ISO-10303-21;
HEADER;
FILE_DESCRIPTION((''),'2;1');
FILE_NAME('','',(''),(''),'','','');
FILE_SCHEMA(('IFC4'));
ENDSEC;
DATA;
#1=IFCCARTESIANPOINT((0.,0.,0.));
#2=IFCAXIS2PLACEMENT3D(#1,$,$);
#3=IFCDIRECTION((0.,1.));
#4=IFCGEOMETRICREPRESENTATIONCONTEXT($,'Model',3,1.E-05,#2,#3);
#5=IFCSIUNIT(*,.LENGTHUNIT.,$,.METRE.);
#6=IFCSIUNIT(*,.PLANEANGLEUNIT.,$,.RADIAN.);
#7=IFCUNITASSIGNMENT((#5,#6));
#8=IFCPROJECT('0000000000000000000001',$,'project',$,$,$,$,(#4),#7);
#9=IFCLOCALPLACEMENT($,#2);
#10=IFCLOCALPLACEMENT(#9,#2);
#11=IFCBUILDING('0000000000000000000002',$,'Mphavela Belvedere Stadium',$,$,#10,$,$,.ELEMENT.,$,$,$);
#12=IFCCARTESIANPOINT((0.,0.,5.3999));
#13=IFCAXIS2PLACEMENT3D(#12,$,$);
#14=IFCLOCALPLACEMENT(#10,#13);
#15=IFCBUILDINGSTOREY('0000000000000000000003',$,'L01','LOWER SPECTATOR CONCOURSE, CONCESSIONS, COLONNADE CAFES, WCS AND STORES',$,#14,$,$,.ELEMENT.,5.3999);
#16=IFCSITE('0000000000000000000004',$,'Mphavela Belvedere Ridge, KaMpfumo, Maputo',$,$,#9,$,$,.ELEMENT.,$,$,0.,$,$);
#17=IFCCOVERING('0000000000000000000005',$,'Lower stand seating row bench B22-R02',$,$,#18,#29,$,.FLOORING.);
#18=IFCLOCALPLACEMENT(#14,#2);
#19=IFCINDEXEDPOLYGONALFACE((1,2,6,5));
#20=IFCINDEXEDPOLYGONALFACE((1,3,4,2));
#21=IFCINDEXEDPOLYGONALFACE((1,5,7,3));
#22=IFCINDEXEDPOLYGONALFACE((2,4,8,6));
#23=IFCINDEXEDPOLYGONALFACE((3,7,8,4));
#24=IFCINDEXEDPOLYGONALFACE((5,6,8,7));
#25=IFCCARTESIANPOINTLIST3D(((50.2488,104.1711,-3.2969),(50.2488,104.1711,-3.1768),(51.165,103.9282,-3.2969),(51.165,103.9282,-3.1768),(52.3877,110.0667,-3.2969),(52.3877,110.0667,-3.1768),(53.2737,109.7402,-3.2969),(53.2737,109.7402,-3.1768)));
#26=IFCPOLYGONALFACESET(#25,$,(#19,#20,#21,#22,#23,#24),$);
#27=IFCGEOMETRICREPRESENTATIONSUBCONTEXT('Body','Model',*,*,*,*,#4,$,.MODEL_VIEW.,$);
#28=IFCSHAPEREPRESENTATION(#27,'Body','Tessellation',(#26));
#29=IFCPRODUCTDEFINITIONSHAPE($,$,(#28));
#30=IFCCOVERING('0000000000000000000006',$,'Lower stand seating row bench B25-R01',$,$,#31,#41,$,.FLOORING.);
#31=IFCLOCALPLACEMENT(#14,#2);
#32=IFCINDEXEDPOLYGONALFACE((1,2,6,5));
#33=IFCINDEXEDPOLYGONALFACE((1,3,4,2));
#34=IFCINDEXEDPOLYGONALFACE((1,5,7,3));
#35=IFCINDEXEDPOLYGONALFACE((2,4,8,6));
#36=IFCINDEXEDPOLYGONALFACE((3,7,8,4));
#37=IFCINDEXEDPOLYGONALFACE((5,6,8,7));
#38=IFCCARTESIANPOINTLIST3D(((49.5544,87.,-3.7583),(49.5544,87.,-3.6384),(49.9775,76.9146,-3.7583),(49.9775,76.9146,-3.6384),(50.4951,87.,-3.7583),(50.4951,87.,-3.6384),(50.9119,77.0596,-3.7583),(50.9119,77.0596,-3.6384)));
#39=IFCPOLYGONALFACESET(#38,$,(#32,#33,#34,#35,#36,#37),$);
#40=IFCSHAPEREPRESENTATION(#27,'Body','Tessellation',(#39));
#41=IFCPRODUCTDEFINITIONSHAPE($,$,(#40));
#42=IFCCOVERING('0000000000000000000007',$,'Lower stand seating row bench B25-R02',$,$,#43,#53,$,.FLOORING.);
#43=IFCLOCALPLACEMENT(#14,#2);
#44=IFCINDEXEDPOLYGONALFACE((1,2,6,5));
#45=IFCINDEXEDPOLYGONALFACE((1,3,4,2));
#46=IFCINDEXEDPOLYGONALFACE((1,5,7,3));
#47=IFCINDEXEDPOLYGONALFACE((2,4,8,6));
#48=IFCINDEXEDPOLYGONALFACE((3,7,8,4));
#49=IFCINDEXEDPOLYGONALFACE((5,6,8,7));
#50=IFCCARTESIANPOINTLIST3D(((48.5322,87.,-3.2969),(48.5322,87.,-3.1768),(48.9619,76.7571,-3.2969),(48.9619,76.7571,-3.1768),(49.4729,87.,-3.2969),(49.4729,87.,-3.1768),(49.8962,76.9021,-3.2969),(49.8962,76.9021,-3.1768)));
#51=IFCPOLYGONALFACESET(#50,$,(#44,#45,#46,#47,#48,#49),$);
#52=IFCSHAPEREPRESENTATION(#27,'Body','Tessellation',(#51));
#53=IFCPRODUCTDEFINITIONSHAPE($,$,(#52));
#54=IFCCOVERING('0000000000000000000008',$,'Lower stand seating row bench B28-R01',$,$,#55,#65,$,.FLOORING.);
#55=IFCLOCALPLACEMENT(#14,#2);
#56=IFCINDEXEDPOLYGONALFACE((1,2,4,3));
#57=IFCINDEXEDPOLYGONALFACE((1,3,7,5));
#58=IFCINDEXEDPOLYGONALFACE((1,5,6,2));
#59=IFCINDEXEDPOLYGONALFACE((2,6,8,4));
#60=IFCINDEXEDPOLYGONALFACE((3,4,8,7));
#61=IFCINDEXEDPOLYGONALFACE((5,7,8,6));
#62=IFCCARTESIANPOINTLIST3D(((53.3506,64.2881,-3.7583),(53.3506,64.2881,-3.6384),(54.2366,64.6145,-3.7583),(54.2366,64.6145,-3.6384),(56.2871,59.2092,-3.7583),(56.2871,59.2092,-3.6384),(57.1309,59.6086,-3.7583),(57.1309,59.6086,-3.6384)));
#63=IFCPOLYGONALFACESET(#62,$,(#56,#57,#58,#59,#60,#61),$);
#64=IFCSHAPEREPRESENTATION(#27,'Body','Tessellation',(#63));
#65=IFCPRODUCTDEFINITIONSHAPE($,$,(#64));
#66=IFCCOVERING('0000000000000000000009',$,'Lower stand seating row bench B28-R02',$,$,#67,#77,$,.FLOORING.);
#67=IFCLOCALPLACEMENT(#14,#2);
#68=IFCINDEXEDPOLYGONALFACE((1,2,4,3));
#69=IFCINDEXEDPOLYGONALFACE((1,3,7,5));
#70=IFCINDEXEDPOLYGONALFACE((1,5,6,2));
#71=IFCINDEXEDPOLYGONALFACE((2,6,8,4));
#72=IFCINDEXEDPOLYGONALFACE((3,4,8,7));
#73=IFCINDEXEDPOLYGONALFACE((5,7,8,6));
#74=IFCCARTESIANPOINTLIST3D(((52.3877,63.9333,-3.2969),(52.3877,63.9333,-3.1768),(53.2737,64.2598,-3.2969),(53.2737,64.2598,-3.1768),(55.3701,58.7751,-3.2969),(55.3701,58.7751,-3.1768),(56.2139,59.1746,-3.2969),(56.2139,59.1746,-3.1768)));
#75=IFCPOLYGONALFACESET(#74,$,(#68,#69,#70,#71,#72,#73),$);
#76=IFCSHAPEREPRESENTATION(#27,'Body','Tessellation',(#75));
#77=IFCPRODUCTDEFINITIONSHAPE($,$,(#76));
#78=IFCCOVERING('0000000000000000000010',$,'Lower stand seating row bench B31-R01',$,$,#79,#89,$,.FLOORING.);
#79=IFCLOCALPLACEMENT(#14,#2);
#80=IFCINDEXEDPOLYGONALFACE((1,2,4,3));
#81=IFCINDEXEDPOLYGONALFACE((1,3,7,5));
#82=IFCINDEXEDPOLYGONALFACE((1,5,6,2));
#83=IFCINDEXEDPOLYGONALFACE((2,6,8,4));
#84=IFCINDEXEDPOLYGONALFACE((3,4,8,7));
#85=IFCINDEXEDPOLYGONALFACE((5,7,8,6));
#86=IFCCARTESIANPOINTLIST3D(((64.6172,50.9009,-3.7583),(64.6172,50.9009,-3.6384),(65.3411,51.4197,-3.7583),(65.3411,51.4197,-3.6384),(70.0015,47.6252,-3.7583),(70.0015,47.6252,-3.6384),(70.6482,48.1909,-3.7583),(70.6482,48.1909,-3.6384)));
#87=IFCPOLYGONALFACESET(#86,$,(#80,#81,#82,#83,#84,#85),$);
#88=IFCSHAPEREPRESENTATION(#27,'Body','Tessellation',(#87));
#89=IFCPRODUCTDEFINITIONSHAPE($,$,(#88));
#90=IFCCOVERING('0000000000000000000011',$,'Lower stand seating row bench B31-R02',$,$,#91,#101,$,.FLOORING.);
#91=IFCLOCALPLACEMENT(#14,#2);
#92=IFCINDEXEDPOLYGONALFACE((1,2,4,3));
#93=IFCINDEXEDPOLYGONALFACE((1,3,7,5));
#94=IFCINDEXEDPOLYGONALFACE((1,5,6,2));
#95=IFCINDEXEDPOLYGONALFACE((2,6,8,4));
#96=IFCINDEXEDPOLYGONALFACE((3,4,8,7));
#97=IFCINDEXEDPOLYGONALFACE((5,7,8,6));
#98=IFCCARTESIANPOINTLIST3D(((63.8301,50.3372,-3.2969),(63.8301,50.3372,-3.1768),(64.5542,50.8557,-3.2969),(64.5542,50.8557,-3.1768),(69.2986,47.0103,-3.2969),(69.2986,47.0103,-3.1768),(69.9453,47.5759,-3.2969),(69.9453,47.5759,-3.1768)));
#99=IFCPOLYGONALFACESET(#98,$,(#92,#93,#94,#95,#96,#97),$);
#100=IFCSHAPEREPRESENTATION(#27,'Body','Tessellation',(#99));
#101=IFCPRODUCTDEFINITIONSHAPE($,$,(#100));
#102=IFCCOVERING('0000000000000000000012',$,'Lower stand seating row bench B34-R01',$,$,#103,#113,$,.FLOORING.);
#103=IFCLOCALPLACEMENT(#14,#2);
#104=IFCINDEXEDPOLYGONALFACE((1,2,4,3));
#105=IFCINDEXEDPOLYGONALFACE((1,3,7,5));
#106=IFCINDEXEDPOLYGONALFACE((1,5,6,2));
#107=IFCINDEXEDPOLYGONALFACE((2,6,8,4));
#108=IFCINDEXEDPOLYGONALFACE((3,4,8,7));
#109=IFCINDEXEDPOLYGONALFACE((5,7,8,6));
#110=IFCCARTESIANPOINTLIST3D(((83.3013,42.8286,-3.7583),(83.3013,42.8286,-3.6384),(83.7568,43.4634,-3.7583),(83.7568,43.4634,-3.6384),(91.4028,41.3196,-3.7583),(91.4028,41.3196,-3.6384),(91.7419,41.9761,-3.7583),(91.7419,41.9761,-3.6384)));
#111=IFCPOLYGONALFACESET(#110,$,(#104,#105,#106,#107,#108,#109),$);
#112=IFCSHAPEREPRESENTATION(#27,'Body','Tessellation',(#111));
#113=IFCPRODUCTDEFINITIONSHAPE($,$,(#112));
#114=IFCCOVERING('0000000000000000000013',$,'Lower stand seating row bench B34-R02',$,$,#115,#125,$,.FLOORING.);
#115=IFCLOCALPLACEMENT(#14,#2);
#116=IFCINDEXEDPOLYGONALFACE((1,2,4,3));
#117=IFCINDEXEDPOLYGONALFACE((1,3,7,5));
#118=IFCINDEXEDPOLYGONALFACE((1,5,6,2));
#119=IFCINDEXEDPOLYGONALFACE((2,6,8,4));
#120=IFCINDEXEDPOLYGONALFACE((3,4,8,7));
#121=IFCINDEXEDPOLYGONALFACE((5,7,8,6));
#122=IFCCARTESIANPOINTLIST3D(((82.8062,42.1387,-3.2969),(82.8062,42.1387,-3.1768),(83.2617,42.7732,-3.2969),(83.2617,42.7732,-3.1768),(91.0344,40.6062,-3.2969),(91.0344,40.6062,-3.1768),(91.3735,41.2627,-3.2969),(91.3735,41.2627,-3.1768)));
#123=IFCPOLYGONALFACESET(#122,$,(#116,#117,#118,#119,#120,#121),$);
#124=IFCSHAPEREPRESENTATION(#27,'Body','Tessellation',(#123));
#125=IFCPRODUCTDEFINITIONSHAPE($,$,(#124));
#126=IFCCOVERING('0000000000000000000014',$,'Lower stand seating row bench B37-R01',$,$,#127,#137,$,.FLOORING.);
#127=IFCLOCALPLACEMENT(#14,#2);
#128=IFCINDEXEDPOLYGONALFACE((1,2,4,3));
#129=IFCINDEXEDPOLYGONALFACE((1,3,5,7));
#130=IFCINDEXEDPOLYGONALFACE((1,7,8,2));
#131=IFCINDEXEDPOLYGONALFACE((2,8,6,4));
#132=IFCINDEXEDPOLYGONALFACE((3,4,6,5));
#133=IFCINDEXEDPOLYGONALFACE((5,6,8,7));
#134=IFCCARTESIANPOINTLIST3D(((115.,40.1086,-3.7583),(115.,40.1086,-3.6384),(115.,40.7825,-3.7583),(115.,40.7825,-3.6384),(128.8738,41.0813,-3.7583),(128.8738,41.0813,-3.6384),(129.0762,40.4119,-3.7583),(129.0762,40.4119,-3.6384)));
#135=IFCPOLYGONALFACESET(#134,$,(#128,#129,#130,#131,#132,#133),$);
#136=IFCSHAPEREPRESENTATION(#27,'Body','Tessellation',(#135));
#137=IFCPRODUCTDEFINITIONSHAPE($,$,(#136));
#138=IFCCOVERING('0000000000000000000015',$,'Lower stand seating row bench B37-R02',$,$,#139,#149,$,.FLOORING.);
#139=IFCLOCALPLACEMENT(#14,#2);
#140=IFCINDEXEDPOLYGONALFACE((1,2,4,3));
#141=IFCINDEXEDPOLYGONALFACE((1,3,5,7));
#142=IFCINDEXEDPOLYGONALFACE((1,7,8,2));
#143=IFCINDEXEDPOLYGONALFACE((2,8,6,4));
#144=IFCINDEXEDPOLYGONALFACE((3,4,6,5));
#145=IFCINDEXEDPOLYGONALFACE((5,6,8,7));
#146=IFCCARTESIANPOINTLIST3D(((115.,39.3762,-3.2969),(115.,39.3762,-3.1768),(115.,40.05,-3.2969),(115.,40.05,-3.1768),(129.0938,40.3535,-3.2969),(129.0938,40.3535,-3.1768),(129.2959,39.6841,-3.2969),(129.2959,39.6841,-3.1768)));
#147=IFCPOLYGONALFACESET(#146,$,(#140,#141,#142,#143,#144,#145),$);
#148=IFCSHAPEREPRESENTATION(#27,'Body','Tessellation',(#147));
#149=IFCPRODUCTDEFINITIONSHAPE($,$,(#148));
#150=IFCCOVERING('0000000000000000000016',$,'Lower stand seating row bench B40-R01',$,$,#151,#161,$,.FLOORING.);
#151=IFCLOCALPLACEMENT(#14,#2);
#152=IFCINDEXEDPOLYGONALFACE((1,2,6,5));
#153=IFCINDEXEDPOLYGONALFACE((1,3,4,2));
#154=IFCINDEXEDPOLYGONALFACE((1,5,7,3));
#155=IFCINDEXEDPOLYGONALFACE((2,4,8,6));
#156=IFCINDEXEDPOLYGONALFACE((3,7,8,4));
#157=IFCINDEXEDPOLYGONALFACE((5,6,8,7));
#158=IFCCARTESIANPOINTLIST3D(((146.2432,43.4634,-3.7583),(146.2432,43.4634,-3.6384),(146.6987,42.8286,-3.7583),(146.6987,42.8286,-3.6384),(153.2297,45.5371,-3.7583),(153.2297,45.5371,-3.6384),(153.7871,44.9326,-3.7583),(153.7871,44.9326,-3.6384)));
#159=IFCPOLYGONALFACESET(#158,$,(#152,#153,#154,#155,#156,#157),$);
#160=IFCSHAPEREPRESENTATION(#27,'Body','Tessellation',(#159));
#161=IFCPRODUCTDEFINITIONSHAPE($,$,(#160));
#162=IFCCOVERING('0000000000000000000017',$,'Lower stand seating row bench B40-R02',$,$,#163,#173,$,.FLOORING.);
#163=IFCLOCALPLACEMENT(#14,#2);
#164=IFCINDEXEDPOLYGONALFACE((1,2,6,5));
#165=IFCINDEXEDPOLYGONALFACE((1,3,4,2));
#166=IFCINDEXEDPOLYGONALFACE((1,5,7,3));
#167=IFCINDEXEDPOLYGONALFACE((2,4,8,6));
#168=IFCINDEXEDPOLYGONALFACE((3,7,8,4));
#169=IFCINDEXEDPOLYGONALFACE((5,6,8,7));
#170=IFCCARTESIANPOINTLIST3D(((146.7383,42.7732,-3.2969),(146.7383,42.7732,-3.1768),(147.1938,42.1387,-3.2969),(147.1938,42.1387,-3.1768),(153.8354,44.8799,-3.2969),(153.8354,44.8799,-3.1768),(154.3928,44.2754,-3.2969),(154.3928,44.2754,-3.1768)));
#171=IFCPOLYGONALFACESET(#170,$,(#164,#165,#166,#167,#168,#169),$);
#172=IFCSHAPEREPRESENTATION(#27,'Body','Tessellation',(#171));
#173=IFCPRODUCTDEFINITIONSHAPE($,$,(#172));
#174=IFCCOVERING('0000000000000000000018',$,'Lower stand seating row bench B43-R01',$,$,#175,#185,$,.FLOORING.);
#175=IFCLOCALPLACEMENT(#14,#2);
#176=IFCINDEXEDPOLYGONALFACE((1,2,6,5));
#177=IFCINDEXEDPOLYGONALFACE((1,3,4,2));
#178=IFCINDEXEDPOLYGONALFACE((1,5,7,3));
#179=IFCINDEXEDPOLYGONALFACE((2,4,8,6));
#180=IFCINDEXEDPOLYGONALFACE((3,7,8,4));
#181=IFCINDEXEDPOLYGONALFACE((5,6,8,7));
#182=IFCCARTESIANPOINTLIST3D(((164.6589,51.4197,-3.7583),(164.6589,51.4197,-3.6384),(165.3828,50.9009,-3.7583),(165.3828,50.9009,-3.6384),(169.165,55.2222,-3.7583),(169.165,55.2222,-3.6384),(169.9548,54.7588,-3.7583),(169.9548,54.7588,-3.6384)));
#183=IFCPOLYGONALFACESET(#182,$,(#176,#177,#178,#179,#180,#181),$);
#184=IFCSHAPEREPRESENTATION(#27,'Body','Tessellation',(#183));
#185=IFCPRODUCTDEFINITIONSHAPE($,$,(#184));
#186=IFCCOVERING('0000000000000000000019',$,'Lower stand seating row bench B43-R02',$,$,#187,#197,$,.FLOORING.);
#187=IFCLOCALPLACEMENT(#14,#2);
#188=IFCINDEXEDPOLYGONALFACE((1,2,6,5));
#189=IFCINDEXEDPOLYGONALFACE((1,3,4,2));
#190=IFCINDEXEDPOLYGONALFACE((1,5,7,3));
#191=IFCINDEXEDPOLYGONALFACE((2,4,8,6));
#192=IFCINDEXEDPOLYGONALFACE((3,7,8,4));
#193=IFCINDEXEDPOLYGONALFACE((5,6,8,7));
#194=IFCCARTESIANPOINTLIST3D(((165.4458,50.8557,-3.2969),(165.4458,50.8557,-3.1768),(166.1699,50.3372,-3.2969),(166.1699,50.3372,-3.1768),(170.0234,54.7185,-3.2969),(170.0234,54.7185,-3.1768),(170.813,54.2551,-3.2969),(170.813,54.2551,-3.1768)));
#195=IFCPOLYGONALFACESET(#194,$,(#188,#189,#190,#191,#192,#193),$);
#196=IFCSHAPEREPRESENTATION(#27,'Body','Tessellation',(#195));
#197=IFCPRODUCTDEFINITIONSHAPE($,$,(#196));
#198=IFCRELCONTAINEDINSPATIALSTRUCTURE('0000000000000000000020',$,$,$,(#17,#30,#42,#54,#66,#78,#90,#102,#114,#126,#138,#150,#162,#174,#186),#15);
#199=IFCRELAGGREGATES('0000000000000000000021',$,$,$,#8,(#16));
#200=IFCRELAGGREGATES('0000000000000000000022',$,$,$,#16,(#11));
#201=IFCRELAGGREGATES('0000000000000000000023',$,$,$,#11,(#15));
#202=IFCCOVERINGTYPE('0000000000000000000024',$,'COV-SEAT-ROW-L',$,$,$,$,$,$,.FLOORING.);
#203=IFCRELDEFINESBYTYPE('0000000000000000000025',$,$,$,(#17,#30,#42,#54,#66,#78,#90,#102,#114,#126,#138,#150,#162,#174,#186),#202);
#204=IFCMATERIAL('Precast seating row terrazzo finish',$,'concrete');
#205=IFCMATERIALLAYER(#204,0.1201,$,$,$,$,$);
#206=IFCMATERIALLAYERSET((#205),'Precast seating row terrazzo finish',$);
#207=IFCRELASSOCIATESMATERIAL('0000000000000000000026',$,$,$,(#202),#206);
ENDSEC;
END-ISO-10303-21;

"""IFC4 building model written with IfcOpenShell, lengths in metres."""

from ifc_helpers import new_model, si_unit, direction, frame, origin, place, context, subcontext, project, spatial, polyline, outline, extrude, material, layer, layer_set, type_object, element, save


model = new_model("IFC4")

# Units and contexts
model_context = context("Model", 3, precision=1e-05, world=origin(), true_north=direction((0.0, 1.0)))
body_context = subcontext(model_context, "Body", "Model", "MODEL_VIEW")
ifc_project = project(units=[si_unit("LENGTHUNIT", "METRE"), si_unit("PLANEANGLEUNIT", "RADIAN")], contexts=[model_context])

# Site, building, storey
site_placement = place(None, origin())
site = spatial("IfcSite", under=ifc_project, at=site_placement, Name="Mphavela Belvedere Ridge, KaMpfumo, Maputo", CompositionType="ELEMENT", RefElevation=0.0)
building_placement = place(site_placement, origin())
building = spatial("IfcBuilding", under=site, at=building_placement, Name="Mphavela Belvedere Stadium", CompositionType="ELEMENT")
storey_placement = place(building_placement, frame((0.0, 0.0, 5.3999)))
storey = spatial("IfcBuildingStorey", under=building, at=storey_placement, Name="L01", Description="LOWER SPECTATOR CONCOURSE, CONCESSIONS, COLONNADE CAFES, WCS AND STORES", CompositionType="ELEMENT", Elevation=5.3999)

# Coverings
ifc_material = material(Name="Precast seating row terrazzo finish", Category="concrete")
ifc_layer = layer(ifc_material, 0.1201)
ifc_layer_set = layer_set([ifc_layer], Name="Precast seating row terrazzo finish")
covering_type = type_object("IfcCoveringType", Name="COV-SEAT-ROW-L", PredefinedType="FLOORING", material=ifc_layer_set)
covering_1_placement = place(storey_placement, frame((0.0, 0.0, -3.2969)))
element("IfcCovering", 1, at=covering_1_placement, inside=storey, type_object=covering_type, Name="Lower stand seating row bench B22-R02", PredefinedType="FLOORING", context=body_context, shape_type="SweptSolid", body=[
    extrude(outline(polyline([(53.2737, 109.7402), (51.165, 103.9282), (50.2488, 104.1711), (52.3877, 110.0667), (53.2737, 109.7402)])), origin(), (0.0, 0.0, 1.0), 0.1201),
])
covering_2_placement = place(storey_placement, frame((0.0, 0.0, -3.7583)))
element("IfcCovering", 2, at=covering_2_placement, inside=storey, type_object=covering_type, Name="Lower stand seating row bench B25-R01", PredefinedType="FLOORING", context=body_context, shape_type="SweptSolid", body=[
    extrude(outline(polyline([(50.4951, 87.0), (50.9119, 77.0596), (49.9775, 76.9146), (49.5544, 87.0), (50.4951, 87.0)])), origin(), (0.0, 0.0, 1.0), 0.1199),
])
covering_3_placement = place(storey_placement, frame((0.0, 0.0, -3.2969)))
element("IfcCovering", 3, at=covering_3_placement, inside=storey, type_object=covering_type, Name="Lower stand seating row bench B25-R02", PredefinedType="FLOORING", context=body_context, shape_type="SweptSolid", body=[
    extrude(outline(polyline([(49.4729, 87.0), (49.8962, 76.9021), (48.9619, 76.7571), (48.5322, 87.0), (49.4729, 87.0)])), origin(), (0.0, 0.0, 1.0), 0.1201),
])
covering_4_placement = place(storey_placement, frame((0.0, 0.0, -3.7583)))
element("IfcCovering", 4, at=covering_4_placement, inside=storey, type_object=covering_type, Name="Lower stand seating row bench B28-R01", PredefinedType="FLOORING", context=body_context, shape_type="SweptSolid", body=[
    extrude(outline(polyline([(54.2366, 64.6145), (57.1309, 59.6086), (56.2871, 59.2092), (53.3506, 64.2881), (54.2366, 64.6145)])), origin(), (0.0, 0.0, 1.0), 0.1199),
])
covering_5_placement = place(storey_placement, frame((0.0, 0.0, -3.2969)))
element("IfcCovering", 5, at=covering_5_placement, inside=storey, type_object=covering_type, Name="Lower stand seating row bench B28-R02", PredefinedType="FLOORING", context=body_context, shape_type="SweptSolid", body=[
    extrude(outline(polyline([(53.2737, 64.2598), (56.2139, 59.1746), (55.3701, 58.7751), (52.3877, 63.9333), (53.2737, 64.2598)])), origin(), (0.0, 0.0, 1.0), 0.1201),
])
covering_6_placement = place(storey_placement, frame((0.0, 0.0, -3.7583)))
element("IfcCovering", 6, at=covering_6_placement, inside=storey, type_object=covering_type, Name="Lower stand seating row bench B31-R01", PredefinedType="FLOORING", context=body_context, shape_type="SweptSolid", body=[
    extrude(outline(polyline([(65.3411, 51.4197), (70.6482, 48.1909), (70.0015, 47.6252), (64.6172, 50.9009), (65.3411, 51.4197)])), origin(), (0.0, 0.0, 1.0), 0.1199),
])
covering_7_placement = place(storey_placement, frame((0.0, 0.0, -3.2969)))
element("IfcCovering", 7, at=covering_7_placement, inside=storey, type_object=covering_type, Name="Lower stand seating row bench B31-R02", PredefinedType="FLOORING", context=body_context, shape_type="SweptSolid", body=[
    extrude(outline(polyline([(64.5542, 50.8557), (69.9453, 47.5759), (69.2986, 47.0103), (63.8301, 50.3372), (64.5542, 50.8557)])), origin(), (0.0, 0.0, 1.0), 0.1201),
])
covering_8_placement = place(storey_placement, frame((0.0, 0.0, -3.7583)))
element("IfcCovering", 8, at=covering_8_placement, inside=storey, type_object=covering_type, Name="Lower stand seating row bench B34-R01", PredefinedType="FLOORING", context=body_context, shape_type="SweptSolid", body=[
    extrude(outline(polyline([(83.7568, 43.4634), (91.7419, 41.9761), (91.4028, 41.3196), (83.3013, 42.8286), (83.7568, 43.4634)])), origin(), (0.0, 0.0, 1.0), 0.1199),
])
covering_9_placement = place(storey_placement, frame((0.0, 0.0, -3.2969)))
element("IfcCovering", 9, at=covering_9_placement, inside=storey, type_object=covering_type, Name="Lower stand seating row bench B34-R02", PredefinedType="FLOORING", context=body_context, shape_type="SweptSolid", body=[
    extrude(outline(polyline([(83.2617, 42.7732), (91.3735, 41.2627), (91.0344, 40.6062), (82.8062, 42.1387), (83.2617, 42.7732)])), origin(), (0.0, 0.0, 1.0), 0.1201),
])
covering_10_placement = place(storey_placement, frame((0.0, 0.0, -3.7583)))
element("IfcCovering", 10, at=covering_10_placement, inside=storey, type_object=covering_type, Name="Lower stand seating row bench B37-R01", PredefinedType="FLOORING", context=body_context, shape_type="SweptSolid", body=[
    extrude(outline(polyline([(115.0, 40.7825), (128.8738, 41.0813), (129.0762, 40.4119), (115.0, 40.1086), (115.0, 40.7825)])), origin(), (0.0, 0.0, 1.0), 0.1199),
])
covering_11_placement = place(storey_placement, frame((0.0, 0.0, -3.2969)))
element("IfcCovering", 11, at=covering_11_placement, inside=storey, type_object=covering_type, Name="Lower stand seating row bench B37-R02", PredefinedType="FLOORING", context=body_context, shape_type="SweptSolid", body=[
    extrude(outline(polyline([(115.0, 40.05), (129.0938, 40.3535), (129.2959, 39.6841), (115.0, 39.3762), (115.0, 40.05)])), origin(), (0.0, 0.0, 1.0), 0.1201),
])
covering_12_placement = place(storey_placement, frame((0.0, 0.0, -3.7583)))
element("IfcCovering", 12, at=covering_12_placement, inside=storey, type_object=covering_type, Name="Lower stand seating row bench B40-R01", PredefinedType="FLOORING", context=body_context, shape_type="SweptSolid", body=[
    extrude(outline(polyline([(146.2432, 43.4634), (153.2297, 45.5371), (153.7871, 44.9326), (146.6987, 42.8286), (146.2432, 43.4634)])), origin(), (0.0, 0.0, 1.0), 0.1199),
])
covering_13_placement = place(storey_placement, frame((0.0, 0.0, -3.2969)))
element("IfcCovering", 13, at=covering_13_placement, inside=storey, type_object=covering_type, Name="Lower stand seating row bench B40-R02", PredefinedType="FLOORING", context=body_context, shape_type="SweptSolid", body=[
    extrude(outline(polyline([(146.7383, 42.7732), (153.8354, 44.8799), (154.3928, 44.2754), (147.1938, 42.1387), (146.7383, 42.7732)])), origin(), (0.0, 0.0, 1.0), 0.1201),
])
covering_14_placement = place(storey_placement, frame((0.0, 0.0, -3.7583)))
element("IfcCovering", 14, at=covering_14_placement, inside=storey, type_object=covering_type, Name="Lower stand seating row bench B43-R01", PredefinedType="FLOORING", context=body_context, shape_type="SweptSolid", body=[
    extrude(outline(polyline([(164.6589, 51.4197), (169.165, 55.2222), (169.9548, 54.7588), (165.3828, 50.9009), (164.6589, 51.4197)])), origin(), (0.0, 0.0, 1.0), 0.1199),
])
covering_15_placement = place(storey_placement, frame((0.0, 0.0, -3.2969)))
element("IfcCovering", 15, at=covering_15_placement, inside=storey, type_object=covering_type, Name="Lower stand seating row bench B43-R02", PredefinedType="FLOORING", context=body_context, shape_type="SweptSolid", body=[
    extrude(outline(polyline([(165.4458, 50.8557), (170.0234, 54.7185), (170.813, 54.2551), (166.1699, 50.3372), (165.4458, 50.8557)])), origin(), (0.0, 0.0, 1.0), 0.1201),
])

save(model, "model.ifc")
